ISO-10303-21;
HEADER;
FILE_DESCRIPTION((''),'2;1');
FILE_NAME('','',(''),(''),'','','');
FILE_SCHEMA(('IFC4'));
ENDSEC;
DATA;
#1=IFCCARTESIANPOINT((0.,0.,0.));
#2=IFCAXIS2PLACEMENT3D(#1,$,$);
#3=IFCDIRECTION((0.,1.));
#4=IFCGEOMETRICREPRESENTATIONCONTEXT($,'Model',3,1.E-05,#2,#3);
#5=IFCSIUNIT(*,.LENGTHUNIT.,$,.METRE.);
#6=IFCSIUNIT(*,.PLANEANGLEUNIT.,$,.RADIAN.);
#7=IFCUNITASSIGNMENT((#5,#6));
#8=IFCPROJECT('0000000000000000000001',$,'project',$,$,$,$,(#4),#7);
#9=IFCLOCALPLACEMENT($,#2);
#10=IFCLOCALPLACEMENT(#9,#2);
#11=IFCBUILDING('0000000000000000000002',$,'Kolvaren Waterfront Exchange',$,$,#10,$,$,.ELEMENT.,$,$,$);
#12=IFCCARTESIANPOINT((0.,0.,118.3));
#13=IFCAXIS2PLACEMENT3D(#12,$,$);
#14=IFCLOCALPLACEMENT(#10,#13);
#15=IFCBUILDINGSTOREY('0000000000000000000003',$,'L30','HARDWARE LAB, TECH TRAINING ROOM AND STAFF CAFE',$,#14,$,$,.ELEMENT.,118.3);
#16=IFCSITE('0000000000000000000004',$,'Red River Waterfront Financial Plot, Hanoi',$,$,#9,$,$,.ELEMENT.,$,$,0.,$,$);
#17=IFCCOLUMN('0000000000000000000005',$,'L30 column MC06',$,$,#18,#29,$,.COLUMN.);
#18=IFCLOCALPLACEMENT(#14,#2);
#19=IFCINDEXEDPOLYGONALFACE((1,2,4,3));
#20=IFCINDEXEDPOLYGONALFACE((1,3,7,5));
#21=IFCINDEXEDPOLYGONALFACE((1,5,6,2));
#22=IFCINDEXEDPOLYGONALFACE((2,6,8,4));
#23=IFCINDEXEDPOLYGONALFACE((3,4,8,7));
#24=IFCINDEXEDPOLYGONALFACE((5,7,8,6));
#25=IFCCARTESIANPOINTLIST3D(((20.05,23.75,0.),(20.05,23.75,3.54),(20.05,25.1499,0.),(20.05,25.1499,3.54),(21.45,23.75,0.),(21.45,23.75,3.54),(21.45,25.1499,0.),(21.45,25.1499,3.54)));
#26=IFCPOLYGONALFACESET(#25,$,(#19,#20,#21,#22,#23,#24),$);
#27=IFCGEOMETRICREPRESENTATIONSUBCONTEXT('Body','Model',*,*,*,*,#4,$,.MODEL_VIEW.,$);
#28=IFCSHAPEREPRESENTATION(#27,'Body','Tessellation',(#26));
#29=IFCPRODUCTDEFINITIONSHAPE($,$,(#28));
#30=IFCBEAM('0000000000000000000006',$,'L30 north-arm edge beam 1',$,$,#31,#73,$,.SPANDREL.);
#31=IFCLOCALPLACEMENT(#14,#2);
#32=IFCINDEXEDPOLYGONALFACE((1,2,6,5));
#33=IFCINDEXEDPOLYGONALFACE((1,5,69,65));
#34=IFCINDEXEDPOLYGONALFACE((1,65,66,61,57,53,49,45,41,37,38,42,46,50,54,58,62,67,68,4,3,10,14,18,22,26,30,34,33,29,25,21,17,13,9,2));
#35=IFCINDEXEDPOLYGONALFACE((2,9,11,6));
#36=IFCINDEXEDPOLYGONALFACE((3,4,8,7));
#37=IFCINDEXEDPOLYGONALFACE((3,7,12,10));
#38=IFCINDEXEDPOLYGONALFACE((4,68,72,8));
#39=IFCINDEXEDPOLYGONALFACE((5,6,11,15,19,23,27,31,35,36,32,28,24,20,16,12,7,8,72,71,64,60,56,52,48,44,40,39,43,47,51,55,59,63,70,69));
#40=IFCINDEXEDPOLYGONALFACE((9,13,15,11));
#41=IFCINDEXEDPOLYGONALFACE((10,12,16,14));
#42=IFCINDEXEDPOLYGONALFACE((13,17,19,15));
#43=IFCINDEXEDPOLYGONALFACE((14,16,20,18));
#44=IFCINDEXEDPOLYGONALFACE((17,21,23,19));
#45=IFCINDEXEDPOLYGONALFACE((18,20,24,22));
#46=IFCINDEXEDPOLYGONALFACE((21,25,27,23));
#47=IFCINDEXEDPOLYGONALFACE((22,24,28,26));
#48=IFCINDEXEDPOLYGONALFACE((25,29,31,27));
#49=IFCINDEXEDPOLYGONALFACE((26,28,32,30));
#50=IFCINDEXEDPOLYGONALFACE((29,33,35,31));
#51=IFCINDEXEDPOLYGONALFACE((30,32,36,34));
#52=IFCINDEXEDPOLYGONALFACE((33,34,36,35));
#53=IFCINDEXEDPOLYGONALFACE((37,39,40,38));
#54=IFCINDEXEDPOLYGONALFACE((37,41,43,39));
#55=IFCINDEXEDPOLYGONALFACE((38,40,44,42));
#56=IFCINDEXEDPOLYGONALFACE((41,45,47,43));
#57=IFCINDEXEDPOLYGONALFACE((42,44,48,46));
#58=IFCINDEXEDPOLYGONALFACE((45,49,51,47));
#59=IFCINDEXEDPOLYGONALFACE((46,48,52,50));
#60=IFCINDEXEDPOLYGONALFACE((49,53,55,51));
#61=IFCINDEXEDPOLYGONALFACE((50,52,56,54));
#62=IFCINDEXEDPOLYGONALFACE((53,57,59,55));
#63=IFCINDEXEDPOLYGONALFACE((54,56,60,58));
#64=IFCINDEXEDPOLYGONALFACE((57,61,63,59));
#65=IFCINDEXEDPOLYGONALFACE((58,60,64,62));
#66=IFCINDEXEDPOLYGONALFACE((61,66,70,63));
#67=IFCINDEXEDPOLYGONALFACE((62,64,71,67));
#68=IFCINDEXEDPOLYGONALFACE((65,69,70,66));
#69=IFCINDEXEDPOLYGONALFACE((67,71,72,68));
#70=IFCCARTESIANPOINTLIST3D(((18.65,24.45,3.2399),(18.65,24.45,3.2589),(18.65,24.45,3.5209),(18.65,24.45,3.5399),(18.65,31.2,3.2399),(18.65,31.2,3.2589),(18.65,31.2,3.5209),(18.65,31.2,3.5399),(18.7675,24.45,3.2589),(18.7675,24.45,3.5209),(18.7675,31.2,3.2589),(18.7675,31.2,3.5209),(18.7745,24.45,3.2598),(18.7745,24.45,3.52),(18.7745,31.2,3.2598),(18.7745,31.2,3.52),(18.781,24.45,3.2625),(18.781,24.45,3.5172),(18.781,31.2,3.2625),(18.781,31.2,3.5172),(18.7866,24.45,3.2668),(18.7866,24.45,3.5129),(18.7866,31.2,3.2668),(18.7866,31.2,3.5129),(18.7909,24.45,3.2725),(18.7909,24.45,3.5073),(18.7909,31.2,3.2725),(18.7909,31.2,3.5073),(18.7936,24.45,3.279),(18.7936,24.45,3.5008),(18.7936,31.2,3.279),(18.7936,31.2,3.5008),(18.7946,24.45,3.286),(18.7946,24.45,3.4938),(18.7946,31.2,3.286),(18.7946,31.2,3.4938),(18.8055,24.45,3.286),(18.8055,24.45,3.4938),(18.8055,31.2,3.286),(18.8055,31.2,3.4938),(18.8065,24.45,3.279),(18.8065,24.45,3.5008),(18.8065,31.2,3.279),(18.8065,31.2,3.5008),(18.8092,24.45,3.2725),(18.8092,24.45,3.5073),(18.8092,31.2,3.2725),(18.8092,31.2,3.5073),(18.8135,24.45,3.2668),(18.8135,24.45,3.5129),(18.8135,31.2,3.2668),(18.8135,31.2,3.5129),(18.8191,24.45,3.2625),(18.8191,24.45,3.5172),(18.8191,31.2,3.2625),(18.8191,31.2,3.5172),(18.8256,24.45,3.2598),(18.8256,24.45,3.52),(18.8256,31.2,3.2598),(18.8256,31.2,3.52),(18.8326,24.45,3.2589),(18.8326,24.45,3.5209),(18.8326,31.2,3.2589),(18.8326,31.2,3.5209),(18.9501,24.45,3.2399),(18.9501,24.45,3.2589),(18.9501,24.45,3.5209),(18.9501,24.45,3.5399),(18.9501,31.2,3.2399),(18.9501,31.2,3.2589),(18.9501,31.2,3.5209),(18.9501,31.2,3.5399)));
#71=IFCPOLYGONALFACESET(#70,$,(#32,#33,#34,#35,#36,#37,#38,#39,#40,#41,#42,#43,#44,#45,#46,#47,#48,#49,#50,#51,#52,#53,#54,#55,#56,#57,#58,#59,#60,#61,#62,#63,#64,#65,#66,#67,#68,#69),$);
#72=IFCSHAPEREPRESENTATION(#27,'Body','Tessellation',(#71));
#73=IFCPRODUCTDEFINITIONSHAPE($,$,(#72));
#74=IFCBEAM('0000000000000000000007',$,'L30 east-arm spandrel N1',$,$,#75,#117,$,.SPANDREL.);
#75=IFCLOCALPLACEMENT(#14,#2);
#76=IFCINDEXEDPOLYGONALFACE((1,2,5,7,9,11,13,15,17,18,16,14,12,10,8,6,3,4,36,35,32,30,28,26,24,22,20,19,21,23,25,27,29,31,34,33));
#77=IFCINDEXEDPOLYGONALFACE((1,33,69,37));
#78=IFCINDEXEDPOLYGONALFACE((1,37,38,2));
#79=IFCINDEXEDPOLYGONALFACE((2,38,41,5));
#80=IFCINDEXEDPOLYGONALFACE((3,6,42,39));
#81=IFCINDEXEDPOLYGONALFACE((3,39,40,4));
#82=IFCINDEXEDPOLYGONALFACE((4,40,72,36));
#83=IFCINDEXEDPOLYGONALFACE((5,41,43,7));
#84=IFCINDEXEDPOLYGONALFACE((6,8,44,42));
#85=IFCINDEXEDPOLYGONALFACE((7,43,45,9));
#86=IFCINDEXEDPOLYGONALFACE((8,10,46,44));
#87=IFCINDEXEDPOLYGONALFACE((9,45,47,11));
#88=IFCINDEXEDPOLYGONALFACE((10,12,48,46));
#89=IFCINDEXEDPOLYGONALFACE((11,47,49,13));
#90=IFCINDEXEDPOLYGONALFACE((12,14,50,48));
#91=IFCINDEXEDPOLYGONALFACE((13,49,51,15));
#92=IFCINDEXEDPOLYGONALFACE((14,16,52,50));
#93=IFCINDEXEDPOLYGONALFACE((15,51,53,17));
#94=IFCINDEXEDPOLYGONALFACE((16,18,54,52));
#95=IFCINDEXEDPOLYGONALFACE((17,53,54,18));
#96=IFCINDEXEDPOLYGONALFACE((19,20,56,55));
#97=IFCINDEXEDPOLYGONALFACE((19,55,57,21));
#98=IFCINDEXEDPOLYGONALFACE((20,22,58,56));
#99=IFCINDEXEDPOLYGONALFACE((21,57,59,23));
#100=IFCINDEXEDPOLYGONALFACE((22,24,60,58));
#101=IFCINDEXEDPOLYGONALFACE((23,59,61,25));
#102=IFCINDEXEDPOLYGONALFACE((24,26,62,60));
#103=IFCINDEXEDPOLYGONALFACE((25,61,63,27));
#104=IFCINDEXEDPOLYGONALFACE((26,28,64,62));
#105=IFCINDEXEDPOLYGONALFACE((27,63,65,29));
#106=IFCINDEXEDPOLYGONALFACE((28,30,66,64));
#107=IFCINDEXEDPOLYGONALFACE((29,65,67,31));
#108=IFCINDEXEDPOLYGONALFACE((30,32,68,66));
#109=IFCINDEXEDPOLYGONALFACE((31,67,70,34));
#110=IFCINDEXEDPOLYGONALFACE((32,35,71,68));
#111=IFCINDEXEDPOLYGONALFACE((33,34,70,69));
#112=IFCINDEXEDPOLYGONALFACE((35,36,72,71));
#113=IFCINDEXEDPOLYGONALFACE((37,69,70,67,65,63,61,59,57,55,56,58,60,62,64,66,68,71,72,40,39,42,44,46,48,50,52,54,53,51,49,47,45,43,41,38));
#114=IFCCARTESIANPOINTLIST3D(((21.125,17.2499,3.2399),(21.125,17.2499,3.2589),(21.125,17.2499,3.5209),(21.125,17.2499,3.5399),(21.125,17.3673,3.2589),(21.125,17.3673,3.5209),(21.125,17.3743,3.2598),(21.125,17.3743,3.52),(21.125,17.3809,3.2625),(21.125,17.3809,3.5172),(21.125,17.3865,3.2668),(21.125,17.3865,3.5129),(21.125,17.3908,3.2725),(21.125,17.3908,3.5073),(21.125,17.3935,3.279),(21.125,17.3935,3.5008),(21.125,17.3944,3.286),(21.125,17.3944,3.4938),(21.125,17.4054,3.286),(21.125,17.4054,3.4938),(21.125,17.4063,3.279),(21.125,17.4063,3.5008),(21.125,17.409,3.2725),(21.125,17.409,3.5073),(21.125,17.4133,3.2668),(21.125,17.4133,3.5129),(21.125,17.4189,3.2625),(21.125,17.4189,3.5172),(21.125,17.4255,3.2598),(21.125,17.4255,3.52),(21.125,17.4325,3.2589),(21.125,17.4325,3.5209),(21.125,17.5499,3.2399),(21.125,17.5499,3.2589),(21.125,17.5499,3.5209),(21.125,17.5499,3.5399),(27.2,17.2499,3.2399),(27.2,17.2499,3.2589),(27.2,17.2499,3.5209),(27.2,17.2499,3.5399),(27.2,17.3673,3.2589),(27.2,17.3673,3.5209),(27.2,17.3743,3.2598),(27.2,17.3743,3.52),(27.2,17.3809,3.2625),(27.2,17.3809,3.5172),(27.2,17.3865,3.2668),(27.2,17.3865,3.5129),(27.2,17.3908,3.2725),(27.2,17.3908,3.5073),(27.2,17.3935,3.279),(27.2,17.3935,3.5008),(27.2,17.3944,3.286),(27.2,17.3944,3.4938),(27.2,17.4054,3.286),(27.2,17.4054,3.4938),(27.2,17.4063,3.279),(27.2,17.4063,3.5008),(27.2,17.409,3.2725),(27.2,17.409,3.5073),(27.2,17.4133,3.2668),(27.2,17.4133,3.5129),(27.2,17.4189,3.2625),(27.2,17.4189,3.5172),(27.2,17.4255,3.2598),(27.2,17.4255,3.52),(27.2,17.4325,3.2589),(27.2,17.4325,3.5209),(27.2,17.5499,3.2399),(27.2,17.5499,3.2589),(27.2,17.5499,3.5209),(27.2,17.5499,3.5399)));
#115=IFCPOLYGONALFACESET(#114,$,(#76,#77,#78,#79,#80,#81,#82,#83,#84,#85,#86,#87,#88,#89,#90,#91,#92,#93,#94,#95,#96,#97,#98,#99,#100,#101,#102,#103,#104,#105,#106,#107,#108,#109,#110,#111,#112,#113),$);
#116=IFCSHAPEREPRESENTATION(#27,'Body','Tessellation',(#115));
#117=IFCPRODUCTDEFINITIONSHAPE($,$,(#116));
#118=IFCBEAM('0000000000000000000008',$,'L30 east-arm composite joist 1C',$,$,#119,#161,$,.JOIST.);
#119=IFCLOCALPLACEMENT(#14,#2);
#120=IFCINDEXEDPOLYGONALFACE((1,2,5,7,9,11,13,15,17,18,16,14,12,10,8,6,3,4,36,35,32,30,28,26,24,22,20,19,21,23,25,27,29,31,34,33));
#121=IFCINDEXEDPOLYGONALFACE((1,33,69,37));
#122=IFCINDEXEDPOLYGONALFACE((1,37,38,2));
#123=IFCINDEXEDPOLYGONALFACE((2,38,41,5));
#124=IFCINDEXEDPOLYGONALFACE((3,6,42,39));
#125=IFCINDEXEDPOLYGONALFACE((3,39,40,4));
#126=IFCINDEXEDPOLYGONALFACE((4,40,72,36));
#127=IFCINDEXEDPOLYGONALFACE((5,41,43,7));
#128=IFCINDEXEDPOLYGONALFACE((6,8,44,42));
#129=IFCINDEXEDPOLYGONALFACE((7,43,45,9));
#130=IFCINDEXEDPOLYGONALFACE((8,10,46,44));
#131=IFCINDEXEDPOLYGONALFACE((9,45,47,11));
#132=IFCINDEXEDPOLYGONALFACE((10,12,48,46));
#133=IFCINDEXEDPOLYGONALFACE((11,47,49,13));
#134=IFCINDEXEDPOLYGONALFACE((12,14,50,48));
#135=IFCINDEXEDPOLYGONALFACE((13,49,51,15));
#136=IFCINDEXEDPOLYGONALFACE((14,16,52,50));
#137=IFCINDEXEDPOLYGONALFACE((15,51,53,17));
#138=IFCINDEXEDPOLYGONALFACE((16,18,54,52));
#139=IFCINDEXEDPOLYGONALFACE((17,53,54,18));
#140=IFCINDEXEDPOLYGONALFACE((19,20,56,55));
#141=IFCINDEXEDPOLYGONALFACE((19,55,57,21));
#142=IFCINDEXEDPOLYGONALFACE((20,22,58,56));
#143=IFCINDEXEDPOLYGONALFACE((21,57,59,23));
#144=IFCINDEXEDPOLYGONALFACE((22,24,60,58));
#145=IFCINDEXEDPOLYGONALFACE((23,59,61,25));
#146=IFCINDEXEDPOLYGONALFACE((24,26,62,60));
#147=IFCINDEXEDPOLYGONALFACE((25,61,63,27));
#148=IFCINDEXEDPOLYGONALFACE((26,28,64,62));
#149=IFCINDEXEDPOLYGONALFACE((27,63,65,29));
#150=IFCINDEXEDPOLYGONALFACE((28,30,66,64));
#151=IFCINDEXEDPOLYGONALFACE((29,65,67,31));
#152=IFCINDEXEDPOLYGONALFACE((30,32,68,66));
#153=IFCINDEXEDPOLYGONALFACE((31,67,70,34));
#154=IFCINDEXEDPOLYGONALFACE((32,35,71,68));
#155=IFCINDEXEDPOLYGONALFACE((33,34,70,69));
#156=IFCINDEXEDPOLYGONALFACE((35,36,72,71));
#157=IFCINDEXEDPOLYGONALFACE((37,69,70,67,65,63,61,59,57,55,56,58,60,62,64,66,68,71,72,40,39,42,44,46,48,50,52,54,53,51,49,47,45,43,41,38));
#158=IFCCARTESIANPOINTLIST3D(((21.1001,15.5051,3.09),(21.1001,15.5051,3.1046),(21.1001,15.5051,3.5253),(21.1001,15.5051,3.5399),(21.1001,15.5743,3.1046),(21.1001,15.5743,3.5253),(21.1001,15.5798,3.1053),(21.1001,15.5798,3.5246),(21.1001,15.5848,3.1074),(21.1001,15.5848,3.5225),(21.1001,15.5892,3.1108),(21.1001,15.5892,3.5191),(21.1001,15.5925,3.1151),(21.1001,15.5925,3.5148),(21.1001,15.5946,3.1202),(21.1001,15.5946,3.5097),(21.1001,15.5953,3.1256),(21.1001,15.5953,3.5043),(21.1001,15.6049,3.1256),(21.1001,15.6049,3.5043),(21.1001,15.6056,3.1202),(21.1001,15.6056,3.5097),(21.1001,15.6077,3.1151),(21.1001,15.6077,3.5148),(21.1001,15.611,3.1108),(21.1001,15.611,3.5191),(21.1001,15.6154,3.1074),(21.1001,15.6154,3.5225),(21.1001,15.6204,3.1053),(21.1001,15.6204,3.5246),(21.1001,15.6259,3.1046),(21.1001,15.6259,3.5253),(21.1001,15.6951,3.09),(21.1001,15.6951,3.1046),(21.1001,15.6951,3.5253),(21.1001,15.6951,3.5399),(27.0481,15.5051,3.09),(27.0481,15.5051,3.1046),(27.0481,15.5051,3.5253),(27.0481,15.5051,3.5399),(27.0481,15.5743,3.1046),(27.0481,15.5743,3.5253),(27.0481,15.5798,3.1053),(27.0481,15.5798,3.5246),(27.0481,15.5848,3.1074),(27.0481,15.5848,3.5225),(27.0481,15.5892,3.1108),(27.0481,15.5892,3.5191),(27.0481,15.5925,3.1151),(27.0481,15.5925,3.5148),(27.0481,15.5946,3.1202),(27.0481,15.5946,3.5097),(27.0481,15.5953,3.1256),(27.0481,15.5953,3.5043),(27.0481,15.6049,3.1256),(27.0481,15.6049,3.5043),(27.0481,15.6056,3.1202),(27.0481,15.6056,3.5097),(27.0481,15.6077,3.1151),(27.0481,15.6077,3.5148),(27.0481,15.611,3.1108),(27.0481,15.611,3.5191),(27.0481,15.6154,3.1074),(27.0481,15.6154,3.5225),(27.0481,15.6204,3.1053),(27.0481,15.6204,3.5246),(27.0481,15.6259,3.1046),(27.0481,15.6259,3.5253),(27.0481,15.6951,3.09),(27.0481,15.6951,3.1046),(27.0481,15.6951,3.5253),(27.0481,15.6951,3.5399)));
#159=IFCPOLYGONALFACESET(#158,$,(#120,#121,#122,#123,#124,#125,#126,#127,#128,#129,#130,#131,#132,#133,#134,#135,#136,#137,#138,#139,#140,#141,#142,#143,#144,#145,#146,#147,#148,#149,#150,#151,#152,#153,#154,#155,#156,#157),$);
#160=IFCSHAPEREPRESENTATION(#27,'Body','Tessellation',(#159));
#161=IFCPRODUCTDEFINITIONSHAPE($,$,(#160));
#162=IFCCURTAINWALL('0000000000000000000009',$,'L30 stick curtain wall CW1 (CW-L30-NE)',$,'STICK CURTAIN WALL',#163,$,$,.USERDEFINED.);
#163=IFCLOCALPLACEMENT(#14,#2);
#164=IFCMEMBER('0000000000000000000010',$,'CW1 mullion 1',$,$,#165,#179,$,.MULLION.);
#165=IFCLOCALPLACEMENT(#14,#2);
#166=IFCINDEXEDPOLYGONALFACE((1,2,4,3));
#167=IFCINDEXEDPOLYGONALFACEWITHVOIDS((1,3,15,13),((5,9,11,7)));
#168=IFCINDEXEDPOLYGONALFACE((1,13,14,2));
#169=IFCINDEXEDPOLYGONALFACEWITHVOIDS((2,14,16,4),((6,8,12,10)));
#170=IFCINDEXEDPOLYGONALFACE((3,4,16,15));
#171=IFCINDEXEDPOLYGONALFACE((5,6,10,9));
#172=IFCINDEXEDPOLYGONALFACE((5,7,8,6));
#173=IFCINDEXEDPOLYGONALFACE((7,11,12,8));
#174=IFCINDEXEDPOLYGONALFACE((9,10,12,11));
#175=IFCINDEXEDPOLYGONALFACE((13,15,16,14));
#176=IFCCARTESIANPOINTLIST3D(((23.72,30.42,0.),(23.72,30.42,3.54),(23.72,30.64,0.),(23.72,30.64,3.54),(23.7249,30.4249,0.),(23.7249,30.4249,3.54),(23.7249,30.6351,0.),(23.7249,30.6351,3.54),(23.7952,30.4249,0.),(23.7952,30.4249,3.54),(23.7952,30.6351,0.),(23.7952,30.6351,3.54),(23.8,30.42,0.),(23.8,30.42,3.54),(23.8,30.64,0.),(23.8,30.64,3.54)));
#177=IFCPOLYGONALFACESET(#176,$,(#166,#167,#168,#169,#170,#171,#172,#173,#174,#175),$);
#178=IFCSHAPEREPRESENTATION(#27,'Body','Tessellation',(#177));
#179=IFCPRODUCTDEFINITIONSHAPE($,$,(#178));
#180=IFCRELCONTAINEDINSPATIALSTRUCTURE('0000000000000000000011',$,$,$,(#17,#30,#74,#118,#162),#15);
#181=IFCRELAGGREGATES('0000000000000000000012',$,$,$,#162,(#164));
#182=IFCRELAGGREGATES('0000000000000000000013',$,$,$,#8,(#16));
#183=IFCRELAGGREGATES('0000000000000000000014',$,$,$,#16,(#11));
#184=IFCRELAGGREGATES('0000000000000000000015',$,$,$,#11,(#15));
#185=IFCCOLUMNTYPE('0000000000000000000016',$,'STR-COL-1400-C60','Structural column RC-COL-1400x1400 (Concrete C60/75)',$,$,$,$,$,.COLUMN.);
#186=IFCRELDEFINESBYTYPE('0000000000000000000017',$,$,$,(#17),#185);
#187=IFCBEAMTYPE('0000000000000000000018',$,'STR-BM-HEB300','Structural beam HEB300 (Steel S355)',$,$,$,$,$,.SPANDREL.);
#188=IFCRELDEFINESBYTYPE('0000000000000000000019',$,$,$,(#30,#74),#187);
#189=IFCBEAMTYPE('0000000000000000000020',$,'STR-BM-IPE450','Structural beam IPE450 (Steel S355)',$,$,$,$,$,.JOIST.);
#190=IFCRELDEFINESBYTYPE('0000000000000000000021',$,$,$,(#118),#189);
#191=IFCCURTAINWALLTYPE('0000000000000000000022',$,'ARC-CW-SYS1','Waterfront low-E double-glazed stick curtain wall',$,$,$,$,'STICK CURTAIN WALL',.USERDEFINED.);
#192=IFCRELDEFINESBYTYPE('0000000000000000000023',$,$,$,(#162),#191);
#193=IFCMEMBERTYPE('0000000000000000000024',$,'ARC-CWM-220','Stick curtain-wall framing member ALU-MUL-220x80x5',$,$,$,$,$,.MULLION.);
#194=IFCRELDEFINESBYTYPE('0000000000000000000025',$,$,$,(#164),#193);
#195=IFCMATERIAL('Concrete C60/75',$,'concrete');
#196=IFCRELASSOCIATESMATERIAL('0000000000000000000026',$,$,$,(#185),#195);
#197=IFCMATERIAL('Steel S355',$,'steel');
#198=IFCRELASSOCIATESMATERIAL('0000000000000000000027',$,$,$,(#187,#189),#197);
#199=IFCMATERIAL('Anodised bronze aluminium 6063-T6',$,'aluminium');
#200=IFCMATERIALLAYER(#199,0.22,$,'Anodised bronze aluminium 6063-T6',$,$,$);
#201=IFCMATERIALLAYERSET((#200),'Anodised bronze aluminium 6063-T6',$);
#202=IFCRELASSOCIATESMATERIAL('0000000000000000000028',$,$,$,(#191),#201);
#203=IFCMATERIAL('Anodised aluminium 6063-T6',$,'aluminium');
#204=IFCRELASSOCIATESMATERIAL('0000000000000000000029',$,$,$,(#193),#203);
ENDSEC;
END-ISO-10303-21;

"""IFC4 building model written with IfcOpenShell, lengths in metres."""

from ifc_helpers import new_model, si_unit, direction, frame, origin, origin_with_axes, origin_2d, place, context, subcontext, project, spatial, rectangle, hollow_rectangle, i_section, extrude, source, transform, mapped, material, layer, layer_set, material_profile, profile_set, type_object, element, aggregate, save


model = new_model("IFC4")

# Units and contexts
model_context = context("Model", 3, precision=1e-05, world=origin(), true_north=direction((0.0, 1.0)))
body_context = subcontext(model_context, "Body", "Model", "MODEL_VIEW")
ifc_project = project(units=[si_unit("LENGTHUNIT", "METRE"), si_unit("PLANEANGLEUNIT", "RADIAN")], contexts=[model_context])

# Site, building, storey
site_placement = place(None, origin())
site = spatial("IfcSite", under=ifc_project, at=site_placement, Name="Red River Waterfront Financial Plot, Hanoi", CompositionType="ELEMENT", RefElevation=0.0)
building_placement = place(site_placement, origin())
building = spatial("IfcBuilding", under=site, at=building_placement, Name="Kolvaren Waterfront Exchange", CompositionType="ELEMENT")
storey_placement = place(building_placement, frame((0.0, 0.0, 118.3)))
storey = spatial("IfcBuildingStorey", under=building, at=storey_placement, Name="L30", Description="HARDWARE LAB, TECH TRAINING ROOM AND STAFF CAFE", CompositionType="ELEMENT", Elevation=118.3)

# Column
ifc_material_1 = material(Name="Concrete C60/75", Category="concrete")
ifc_material_profile_1 = material_profile(ifc_material_1, rectangle(XDim=1.3999, YDim=1.3999, at=origin_2d()), Name="RC-COL-1400x1400")
ifc_profile_set_1 = profile_set([ifc_material_profile_1], Name="Concrete C60/75")
column_type = type_object("IfcColumnType", Name="STR-COL-1400-C60", Description="Structural column RC-COL-1400x1400 (Concrete C60/75)", PredefinedType="COLUMN", material=ifc_profile_set_1)
column_placement = place(storey_placement, frame((20.75, 24.45, 0.0), z_axis=(0.0, 0.0, 1.0), x_axis=(1.0, 0.0, 0.0)))
element("IfcColumn", 1, at=column_placement, inside=storey, type_object=column_type, Name="L30 column MC06", PredefinedType="COLUMN", context=body_context, shape_type="SweptSolid", body=[
    extrude(rectangle(XDim=1.3999, YDim=1.3999, at=origin_2d()), origin(), (0.0, 0.0, 1.0), 3.54),
])

# Beams
ifc_material_2 = material(Name="Steel S355", Category="steel")
ifc_material_profile_2 = material_profile(ifc_material_2, i_section(OverallWidth=0.3, OverallDepth=0.3, WebThickness=0.011, FlangeThickness=0.019, FilletRadius=0.0271, at=origin_2d()), Name="HEB300")
ifc_profile_set_2 = profile_set([ifc_material_profile_2], Name="Steel S355")
beam_type_1 = type_object("IfcBeamType", Name="STR-BM-HEB300", Description="Structural beam HEB300 (Steel S355)", PredefinedType="SPANDREL", material=ifc_profile_set_2)
beam_1_placement = place(storey_placement, frame((18.8, 24.45, 3.3899), z_axis=(0.0, 1.0, 0.0), x_axis=(-1.0, 0.0, 0.0)))
element("IfcBeam", 2, at=beam_1_placement, inside=storey, type_object=beam_type_1, Name="L30 north-arm edge beam 1", PredefinedType="SPANDREL", context=body_context, shape_type="SweptSolid", body=[
    extrude(i_section(OverallWidth=0.3, OverallDepth=0.3, WebThickness=0.011, FlangeThickness=0.019, FilletRadius=0.0271, at=origin_2d()), origin(), (0.0, 0.0, 1.0), 6.75),
])
beam_2_placement = place(storey_placement, frame((21.125, 17.3999, 3.3899), z_axis=(1.0, 0.0, 0.0), x_axis=(0.0, 1.0, 0.0)))
element("IfcBeam", 3, at=beam_2_placement, inside=storey, type_object=beam_type_1, Name="L30 east-arm spandrel N1", PredefinedType="SPANDREL", context=body_context, shape_type="SweptSolid", body=[
    extrude(i_section(OverallWidth=0.3, OverallDepth=0.3, WebThickness=0.011, FlangeThickness=0.019, FilletRadius=0.0271, at=origin_2d()), origin(), (0.0, 0.0, 1.0), 6.075),
])
ifc_material_profile_3 = material_profile(ifc_material_2, i_section(OverallWidth=0.1899, OverallDepth=0.45, WebThickness=0.0095, FlangeThickness=0.0146, FilletRadius=0.021, at=origin_2d()), Name="IPE450")
ifc_profile_set_3 = profile_set([ifc_material_profile_3], Name="Steel S355")
beam_type_2 = type_object("IfcBeamType", Name="STR-BM-IPE450", Description="Structural beam IPE450 (Steel S355)", PredefinedType="JOIST", material=ifc_profile_set_3)
beam_3_placement = place(storey_placement, frame((21.1001, 15.6001, 3.3149), z_axis=(1.0, 0.0, 0.0), x_axis=(0.0, 1.0, 0.0)))
element("IfcBeam", 4, at=beam_3_placement, inside=storey, type_object=beam_type_2, Name="L30 east-arm composite joist 1C", PredefinedType="JOIST", context=body_context, shape_type="SweptSolid", body=[
    extrude(i_section(OverallWidth=0.1899, OverallDepth=0.45, WebThickness=0.0095, FlangeThickness=0.0146, FilletRadius=0.021, at=origin_2d()), origin(), (0.0, 0.0, 1.0), 5.948),
])

# Curtain wall, member
ifc_material_3 = material(Name="Anodised bronze aluminium 6063-T6", Category="aluminium")
ifc_layer_1 = layer(ifc_material_3, 0.22, Name="Anodised bronze aluminium 6063-T6")
ifc_layer_set_1 = layer_set([ifc_layer_1], Name="Anodised bronze aluminium 6063-T6")
curtain_wall_type = type_object("IfcCurtainWallType", Name="ARC-CW-SYS1", Description="Waterfront low-E double-glazed stick curtain wall", ElementType="STICK CURTAIN WALL", PredefinedType="USERDEFINED", material=ifc_layer_set_1)
curtain_wall_placement = place(storey_placement, origin())
curtain_wall = element("IfcCurtainWall", 5, at=curtain_wall_placement, inside=storey, type_object=curtain_wall_type, Name="L30 stick curtain wall CW1 (CW-L30-NE)", ObjectType="STICK CURTAIN WALL", PredefinedType="USERDEFINED")
ifc_material_4 = material(Name="Anodised aluminium 6063-T6", Category="aluminium")
ifc_material_profile_4 = material_profile(ifc_material_4, hollow_rectangle(XDim=0.0801, YDim=0.22, WallThickness=0.0049, at=origin_2d()), Name="ALU-MUL-220x80x5")
ifc_profile_set_4 = profile_set([ifc_material_profile_4], Name="Anodised aluminium 6063-T6")
member_type_1 = type_object("IfcMemberType", Name="ARC-CWM-220", Description="Stick curtain-wall framing member ALU-MUL-220x80x5", PredefinedType="MULLION", material=ifc_profile_set_4)
shared_shape_1 = source(origin_with_axes(), body_context, "Body", "SweptSolid", [
    extrude(hollow_rectangle(XDim=0.0801, YDim=0.22, WallThickness=0.0049, at=origin_2d()), origin(), (0.0, 0.0, 1.0), 3.54),
])
member_1_placement = place(storey_placement, frame((23.76, 30.53, 0.0), z_axis=(0.0, 0.0, 1.0), x_axis=(-1.0, 0.0, 0.0)))
member_1 = element("IfcMember", 6, at=member_1_placement, type_object=member_type_1, Name="CW1 mullion 1", PredefinedType="MULLION", context=body_context, shape_type="MappedRepresentation", body=[
    mapped(shared_shape_1, transform((0.0, 0.0, 0.0), x_axis=(1.0, 0.0, 0.0), y_axis=(0.0, 1.0, 0.0), z_axis=(0.0, 0.0, 1.0), scale=1.0)),
])
aggregate(curtain_wall, [member_1])

save(model, "model.ifc")
